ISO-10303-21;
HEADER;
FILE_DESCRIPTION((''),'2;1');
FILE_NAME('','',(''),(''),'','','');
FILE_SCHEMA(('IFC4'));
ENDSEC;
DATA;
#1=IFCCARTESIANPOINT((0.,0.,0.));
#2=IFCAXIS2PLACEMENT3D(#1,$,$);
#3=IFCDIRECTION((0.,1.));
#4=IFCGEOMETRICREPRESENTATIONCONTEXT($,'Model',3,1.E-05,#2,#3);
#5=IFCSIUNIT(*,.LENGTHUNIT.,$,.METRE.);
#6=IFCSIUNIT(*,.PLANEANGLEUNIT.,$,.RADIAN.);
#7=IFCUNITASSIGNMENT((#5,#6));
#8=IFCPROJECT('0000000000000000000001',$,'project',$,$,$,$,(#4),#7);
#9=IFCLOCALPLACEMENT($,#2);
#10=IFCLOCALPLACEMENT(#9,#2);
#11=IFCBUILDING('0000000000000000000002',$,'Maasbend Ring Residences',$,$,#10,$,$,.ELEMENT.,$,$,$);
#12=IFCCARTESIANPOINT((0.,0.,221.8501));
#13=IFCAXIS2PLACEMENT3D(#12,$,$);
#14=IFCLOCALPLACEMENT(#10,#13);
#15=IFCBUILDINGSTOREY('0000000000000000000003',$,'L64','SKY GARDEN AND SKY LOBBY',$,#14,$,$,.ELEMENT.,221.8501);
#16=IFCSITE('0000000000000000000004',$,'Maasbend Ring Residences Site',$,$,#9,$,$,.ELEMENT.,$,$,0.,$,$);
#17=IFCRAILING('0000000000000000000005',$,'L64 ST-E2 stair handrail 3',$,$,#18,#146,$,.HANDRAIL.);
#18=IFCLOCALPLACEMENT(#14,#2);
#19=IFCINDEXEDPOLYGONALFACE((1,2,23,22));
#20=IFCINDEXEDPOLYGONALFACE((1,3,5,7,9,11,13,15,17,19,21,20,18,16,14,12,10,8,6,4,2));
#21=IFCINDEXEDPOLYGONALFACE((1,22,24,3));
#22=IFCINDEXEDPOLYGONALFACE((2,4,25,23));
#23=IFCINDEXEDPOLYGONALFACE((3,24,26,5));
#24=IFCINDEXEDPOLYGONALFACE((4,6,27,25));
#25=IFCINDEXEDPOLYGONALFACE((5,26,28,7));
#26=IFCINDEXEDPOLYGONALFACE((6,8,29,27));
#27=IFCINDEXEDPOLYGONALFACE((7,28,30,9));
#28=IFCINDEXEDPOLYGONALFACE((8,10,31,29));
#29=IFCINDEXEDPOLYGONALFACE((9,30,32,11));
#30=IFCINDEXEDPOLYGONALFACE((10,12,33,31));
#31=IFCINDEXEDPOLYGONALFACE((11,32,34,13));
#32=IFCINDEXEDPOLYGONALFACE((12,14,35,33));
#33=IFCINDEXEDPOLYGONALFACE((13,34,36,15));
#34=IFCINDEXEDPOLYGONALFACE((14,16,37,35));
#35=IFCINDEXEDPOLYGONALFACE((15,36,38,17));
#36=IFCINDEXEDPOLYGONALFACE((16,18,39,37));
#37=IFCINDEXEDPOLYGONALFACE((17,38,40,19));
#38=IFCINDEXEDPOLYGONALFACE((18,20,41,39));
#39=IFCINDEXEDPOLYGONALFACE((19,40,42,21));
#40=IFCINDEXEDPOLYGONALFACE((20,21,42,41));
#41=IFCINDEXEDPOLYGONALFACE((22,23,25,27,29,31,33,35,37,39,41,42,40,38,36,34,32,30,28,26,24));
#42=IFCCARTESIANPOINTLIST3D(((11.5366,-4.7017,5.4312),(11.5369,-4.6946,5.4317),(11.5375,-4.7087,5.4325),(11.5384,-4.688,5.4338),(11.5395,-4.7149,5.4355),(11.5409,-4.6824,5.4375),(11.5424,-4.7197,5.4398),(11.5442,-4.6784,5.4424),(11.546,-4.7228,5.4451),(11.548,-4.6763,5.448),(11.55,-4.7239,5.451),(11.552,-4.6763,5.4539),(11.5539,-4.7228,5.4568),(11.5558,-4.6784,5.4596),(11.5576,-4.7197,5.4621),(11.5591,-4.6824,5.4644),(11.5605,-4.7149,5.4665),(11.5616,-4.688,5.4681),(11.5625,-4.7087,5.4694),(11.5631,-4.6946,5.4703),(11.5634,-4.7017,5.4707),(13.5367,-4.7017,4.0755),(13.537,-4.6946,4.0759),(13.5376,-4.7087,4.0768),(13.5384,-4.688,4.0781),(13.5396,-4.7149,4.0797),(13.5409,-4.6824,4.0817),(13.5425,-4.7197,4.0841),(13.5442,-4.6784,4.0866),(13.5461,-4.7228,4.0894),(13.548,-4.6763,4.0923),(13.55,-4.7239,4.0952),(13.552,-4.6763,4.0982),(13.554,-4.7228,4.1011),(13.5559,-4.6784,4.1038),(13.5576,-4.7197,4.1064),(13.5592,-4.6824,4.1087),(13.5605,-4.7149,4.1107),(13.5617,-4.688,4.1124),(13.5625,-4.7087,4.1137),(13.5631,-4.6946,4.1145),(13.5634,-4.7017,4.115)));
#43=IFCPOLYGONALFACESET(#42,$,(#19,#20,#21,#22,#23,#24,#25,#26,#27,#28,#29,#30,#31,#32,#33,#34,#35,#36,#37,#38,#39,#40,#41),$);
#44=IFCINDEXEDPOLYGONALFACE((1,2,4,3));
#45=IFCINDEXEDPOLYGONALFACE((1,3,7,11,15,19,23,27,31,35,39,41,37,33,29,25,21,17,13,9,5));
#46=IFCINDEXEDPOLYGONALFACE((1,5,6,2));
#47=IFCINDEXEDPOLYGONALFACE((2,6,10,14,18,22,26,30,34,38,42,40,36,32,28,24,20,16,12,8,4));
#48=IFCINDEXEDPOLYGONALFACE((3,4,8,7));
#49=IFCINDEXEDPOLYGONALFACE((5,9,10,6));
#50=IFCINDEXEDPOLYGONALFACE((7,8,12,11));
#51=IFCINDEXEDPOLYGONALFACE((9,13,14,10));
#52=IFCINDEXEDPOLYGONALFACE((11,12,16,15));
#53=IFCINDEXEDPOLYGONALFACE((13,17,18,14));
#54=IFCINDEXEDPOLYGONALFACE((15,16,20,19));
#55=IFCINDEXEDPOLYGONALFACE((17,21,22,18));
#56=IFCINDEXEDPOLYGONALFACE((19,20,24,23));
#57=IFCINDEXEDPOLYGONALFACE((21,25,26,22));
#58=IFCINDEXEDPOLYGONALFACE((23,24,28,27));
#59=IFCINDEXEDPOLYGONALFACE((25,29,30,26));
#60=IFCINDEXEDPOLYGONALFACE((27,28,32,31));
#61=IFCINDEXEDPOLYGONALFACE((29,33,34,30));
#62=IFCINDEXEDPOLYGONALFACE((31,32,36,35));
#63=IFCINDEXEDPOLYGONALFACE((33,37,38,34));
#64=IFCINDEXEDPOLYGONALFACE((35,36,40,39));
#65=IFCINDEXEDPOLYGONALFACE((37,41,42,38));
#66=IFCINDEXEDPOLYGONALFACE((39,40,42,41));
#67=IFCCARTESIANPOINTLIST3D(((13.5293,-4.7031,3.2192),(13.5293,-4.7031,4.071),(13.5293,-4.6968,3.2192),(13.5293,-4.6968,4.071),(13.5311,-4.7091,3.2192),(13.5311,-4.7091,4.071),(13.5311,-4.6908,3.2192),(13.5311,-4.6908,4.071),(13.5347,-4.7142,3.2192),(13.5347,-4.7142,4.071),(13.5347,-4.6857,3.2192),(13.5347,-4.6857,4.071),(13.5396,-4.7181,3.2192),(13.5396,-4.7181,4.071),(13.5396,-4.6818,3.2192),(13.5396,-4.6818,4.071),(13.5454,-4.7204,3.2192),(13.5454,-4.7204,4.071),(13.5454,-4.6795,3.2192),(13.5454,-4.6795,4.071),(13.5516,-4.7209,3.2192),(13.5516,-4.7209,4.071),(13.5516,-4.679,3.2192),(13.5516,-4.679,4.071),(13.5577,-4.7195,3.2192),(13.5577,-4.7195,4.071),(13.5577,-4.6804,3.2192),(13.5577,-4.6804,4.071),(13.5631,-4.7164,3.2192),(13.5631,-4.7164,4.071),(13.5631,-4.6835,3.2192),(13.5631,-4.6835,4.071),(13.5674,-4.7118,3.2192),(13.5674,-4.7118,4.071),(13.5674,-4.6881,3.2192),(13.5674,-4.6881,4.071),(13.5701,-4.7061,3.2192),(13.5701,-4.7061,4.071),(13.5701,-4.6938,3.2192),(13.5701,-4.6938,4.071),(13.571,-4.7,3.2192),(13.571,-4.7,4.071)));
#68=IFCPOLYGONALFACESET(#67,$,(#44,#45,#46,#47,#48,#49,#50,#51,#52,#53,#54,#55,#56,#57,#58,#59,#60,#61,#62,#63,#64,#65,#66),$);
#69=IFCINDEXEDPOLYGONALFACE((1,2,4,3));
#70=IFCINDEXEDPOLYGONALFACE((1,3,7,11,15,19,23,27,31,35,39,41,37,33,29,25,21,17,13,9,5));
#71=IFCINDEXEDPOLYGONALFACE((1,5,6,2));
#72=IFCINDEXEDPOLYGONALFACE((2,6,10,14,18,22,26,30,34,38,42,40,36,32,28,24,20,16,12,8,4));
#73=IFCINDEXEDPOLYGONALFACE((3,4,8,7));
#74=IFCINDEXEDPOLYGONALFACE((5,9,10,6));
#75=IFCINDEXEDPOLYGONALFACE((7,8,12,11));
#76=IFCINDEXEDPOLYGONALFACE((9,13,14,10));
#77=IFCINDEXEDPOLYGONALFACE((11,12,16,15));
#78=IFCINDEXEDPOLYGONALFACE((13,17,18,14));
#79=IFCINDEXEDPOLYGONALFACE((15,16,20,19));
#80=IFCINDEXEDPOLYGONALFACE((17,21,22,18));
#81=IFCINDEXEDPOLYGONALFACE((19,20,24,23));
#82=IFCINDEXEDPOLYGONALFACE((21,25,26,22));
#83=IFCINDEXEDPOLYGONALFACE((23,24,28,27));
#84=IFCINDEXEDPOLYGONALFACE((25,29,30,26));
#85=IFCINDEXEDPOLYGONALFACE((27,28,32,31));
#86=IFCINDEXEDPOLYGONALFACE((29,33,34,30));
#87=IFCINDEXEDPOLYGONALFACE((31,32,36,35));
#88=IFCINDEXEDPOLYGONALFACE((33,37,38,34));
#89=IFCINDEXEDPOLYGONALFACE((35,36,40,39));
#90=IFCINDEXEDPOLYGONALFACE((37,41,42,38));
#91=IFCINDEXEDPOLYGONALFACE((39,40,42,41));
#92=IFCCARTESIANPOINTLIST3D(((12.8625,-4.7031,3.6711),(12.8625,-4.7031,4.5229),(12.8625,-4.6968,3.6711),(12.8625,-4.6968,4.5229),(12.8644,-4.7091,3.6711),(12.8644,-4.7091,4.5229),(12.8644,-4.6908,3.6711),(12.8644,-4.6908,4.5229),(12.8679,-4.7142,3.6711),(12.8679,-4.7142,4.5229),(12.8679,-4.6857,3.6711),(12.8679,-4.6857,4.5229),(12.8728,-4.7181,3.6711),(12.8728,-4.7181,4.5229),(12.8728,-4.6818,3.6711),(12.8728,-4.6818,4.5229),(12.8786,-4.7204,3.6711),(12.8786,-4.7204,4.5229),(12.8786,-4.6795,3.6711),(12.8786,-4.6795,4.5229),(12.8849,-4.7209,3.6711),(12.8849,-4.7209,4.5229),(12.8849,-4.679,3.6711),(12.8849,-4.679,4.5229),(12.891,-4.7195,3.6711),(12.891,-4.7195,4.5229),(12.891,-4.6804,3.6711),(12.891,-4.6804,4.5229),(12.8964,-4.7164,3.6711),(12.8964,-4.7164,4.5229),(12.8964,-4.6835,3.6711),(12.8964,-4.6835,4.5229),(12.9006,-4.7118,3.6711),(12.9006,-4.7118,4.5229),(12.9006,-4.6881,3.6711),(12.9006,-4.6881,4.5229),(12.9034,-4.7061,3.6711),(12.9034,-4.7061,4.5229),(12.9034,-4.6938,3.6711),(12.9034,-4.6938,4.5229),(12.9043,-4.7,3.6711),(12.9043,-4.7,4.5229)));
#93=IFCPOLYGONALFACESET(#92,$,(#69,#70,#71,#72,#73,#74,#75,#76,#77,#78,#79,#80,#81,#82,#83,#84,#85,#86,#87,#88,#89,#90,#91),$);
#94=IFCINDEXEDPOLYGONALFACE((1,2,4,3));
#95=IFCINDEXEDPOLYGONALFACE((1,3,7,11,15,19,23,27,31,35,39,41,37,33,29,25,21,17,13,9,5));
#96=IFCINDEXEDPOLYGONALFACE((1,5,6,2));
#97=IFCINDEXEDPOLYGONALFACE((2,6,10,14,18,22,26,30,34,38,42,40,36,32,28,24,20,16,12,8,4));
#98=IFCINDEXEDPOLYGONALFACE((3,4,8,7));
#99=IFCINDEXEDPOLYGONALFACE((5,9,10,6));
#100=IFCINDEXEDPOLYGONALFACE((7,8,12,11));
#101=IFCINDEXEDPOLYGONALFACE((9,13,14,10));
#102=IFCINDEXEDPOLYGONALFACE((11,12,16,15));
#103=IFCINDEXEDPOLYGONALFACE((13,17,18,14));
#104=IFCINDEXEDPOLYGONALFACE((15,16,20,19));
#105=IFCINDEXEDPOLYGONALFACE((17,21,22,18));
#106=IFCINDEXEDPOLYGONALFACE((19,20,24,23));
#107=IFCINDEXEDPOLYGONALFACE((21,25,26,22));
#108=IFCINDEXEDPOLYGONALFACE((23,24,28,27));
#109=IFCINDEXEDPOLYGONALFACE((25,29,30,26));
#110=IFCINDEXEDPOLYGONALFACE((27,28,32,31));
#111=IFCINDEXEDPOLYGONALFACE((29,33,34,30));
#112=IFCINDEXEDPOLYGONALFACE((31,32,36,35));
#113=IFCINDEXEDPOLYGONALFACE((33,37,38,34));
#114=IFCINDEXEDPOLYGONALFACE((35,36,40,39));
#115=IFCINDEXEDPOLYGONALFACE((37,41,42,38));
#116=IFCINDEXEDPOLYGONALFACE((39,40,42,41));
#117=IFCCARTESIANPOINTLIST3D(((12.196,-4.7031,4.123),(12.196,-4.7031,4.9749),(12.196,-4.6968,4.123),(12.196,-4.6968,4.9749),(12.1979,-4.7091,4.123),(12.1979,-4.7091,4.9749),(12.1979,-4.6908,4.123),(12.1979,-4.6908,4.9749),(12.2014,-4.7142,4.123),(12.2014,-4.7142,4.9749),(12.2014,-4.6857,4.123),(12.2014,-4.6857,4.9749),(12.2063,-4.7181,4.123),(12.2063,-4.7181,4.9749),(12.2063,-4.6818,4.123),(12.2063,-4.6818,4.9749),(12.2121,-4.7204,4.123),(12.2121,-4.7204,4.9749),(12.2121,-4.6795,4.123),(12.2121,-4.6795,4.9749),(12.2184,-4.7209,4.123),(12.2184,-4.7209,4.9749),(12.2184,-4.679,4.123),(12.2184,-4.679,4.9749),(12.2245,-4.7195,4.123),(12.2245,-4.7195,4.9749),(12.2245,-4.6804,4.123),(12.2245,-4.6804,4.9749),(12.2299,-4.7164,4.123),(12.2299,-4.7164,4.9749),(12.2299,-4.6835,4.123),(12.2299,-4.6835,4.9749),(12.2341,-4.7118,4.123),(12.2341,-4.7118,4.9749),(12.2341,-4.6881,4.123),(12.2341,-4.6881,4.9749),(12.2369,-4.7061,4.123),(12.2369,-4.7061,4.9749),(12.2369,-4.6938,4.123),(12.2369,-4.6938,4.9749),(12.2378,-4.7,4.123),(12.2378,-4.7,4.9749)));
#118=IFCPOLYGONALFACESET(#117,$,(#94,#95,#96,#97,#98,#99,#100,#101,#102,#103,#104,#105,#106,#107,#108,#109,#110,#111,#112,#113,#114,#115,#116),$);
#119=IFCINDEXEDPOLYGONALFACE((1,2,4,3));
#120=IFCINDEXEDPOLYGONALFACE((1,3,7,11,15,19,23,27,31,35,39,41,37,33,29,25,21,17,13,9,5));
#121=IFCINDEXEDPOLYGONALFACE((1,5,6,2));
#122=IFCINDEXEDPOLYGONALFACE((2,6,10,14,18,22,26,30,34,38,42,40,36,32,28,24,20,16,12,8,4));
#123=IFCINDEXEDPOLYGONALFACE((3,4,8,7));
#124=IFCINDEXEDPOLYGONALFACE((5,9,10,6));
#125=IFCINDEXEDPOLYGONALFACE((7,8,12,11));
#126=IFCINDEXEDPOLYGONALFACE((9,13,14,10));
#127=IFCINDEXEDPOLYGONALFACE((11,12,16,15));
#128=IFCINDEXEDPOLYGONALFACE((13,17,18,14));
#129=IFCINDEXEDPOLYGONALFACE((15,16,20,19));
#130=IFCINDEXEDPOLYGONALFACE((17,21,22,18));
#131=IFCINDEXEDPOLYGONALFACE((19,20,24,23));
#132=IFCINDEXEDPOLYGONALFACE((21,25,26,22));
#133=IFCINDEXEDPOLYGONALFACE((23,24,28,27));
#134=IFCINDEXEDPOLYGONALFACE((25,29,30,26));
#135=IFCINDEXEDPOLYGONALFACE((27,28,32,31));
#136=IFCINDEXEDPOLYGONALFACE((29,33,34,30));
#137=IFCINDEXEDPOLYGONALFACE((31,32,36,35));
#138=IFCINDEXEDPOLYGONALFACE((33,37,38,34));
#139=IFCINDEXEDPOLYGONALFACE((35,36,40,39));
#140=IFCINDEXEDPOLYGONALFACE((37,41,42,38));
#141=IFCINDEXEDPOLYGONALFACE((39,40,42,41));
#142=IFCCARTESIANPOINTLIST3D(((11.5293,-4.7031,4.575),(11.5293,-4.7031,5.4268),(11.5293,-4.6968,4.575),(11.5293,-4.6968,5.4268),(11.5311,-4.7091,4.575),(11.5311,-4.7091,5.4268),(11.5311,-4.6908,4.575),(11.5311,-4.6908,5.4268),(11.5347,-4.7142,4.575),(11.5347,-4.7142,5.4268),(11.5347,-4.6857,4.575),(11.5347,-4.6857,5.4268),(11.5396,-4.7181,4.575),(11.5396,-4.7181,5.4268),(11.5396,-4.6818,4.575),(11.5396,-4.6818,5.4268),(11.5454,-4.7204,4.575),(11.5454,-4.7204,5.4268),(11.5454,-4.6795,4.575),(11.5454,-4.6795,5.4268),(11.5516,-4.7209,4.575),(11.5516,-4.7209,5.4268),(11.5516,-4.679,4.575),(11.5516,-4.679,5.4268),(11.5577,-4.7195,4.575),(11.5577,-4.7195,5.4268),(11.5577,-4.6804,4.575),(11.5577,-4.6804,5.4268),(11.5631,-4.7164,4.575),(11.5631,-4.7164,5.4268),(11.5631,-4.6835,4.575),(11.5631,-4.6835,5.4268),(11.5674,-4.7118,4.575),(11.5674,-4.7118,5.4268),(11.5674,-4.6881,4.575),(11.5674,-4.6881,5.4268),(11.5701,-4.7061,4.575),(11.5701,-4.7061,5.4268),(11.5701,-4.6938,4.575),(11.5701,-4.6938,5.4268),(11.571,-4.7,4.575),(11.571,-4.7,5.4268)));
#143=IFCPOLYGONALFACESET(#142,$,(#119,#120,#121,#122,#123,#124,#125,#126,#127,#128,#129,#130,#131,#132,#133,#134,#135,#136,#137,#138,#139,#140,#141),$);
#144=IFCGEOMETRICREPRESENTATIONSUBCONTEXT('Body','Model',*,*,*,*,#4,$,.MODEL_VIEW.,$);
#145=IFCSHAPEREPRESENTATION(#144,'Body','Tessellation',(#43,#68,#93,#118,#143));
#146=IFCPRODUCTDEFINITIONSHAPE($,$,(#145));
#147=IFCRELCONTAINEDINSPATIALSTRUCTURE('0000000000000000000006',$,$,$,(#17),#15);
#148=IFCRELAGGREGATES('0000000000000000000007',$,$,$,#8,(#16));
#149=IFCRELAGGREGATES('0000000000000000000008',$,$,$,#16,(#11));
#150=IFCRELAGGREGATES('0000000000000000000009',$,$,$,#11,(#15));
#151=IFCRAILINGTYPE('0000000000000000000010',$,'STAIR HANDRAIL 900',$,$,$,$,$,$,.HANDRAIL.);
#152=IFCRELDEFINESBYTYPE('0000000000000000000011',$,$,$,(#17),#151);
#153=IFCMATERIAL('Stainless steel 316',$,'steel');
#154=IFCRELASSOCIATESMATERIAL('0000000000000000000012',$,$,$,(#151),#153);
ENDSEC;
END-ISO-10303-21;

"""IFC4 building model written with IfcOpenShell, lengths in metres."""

from ifc_helpers import new_model, si_unit, direction, frame, origin, origin_2d, place, context, subcontext, project, spatial, circle, extrude, material, type_object, element, save


model = new_model("IFC4")

# Units and contexts
model_context = context("Model", 3, precision=1e-05, world=origin(), true_north=direction((0.0, 1.0)))
body_context = subcontext(model_context, "Body", "Model", "MODEL_VIEW")
ifc_project = project(units=[si_unit("LENGTHUNIT", "METRE"), si_unit("PLANEANGLEUNIT", "RADIAN")], contexts=[model_context])

# Site, building, storey
site_placement = place(None, origin())
site = spatial("IfcSite", under=ifc_project, at=site_placement, Name="Maasbend Ring Residences Site", CompositionType="ELEMENT", RefElevation=0.0)
building_placement = place(site_placement, origin())
building = spatial("IfcBuilding", under=site, at=building_placement, Name="Maasbend Ring Residences", CompositionType="ELEMENT")
storey_placement = place(building_placement, frame((0.0, 0.0, 221.8501)))
storey = spatial("IfcBuildingStorey", under=building, at=storey_placement, Name="L64", Description="SKY GARDEN AND SKY LOBBY", CompositionType="ELEMENT", Elevation=221.8501)

# Railing
ifc_material_1 = material(Name="Stainless steel 316", Category="steel")
railing_type_1 = type_object("IfcRailingType", Name="STAIR HANDRAIL 900", PredefinedType="HANDRAIL", material=ifc_material_1)
railing_1_placement = place(storey_placement, frame((13.55, -4.7, 3.2192)))
element("IfcRailing", 1, at=railing_1_placement, inside=storey, type_object=railing_type_1, Name="L64 ST-E2 stair handrail 3", PredefinedType="HANDRAIL", context=body_context, shape_type="SweptSolid", body=[
    extrude(circle(Radius=0.0239, at=origin_2d()), frame((0.0, 0.0, 0.876), z_axis=(-0.827751, 0.0, 0.561096), x_axis=(0.0, -1.0, 0.0)), (0.0, 0.0, 1.0), 2.4163),
    extrude(circle(Radius=0.021, at=origin_2d()), origin(), (0.0, 0.0, 1.0), 0.8518),
    extrude(circle(Radius=0.021, at=origin_2d()), frame((-0.6667, 0.0, 0.4519)), (0.0, 0.0, 1.0), 0.8518),
    extrude(circle(Radius=0.021, at=origin_2d()), frame((-1.3333, 0.0, 0.9038)), (0.0, 0.0, 1.0), 0.8518),
    extrude(circle(Radius=0.021, at=origin_2d()), frame((-2.0, 0.0, 1.3557)), (0.0, 0.0, 1.0), 0.8518),
])

save(model, "model.ifc")
